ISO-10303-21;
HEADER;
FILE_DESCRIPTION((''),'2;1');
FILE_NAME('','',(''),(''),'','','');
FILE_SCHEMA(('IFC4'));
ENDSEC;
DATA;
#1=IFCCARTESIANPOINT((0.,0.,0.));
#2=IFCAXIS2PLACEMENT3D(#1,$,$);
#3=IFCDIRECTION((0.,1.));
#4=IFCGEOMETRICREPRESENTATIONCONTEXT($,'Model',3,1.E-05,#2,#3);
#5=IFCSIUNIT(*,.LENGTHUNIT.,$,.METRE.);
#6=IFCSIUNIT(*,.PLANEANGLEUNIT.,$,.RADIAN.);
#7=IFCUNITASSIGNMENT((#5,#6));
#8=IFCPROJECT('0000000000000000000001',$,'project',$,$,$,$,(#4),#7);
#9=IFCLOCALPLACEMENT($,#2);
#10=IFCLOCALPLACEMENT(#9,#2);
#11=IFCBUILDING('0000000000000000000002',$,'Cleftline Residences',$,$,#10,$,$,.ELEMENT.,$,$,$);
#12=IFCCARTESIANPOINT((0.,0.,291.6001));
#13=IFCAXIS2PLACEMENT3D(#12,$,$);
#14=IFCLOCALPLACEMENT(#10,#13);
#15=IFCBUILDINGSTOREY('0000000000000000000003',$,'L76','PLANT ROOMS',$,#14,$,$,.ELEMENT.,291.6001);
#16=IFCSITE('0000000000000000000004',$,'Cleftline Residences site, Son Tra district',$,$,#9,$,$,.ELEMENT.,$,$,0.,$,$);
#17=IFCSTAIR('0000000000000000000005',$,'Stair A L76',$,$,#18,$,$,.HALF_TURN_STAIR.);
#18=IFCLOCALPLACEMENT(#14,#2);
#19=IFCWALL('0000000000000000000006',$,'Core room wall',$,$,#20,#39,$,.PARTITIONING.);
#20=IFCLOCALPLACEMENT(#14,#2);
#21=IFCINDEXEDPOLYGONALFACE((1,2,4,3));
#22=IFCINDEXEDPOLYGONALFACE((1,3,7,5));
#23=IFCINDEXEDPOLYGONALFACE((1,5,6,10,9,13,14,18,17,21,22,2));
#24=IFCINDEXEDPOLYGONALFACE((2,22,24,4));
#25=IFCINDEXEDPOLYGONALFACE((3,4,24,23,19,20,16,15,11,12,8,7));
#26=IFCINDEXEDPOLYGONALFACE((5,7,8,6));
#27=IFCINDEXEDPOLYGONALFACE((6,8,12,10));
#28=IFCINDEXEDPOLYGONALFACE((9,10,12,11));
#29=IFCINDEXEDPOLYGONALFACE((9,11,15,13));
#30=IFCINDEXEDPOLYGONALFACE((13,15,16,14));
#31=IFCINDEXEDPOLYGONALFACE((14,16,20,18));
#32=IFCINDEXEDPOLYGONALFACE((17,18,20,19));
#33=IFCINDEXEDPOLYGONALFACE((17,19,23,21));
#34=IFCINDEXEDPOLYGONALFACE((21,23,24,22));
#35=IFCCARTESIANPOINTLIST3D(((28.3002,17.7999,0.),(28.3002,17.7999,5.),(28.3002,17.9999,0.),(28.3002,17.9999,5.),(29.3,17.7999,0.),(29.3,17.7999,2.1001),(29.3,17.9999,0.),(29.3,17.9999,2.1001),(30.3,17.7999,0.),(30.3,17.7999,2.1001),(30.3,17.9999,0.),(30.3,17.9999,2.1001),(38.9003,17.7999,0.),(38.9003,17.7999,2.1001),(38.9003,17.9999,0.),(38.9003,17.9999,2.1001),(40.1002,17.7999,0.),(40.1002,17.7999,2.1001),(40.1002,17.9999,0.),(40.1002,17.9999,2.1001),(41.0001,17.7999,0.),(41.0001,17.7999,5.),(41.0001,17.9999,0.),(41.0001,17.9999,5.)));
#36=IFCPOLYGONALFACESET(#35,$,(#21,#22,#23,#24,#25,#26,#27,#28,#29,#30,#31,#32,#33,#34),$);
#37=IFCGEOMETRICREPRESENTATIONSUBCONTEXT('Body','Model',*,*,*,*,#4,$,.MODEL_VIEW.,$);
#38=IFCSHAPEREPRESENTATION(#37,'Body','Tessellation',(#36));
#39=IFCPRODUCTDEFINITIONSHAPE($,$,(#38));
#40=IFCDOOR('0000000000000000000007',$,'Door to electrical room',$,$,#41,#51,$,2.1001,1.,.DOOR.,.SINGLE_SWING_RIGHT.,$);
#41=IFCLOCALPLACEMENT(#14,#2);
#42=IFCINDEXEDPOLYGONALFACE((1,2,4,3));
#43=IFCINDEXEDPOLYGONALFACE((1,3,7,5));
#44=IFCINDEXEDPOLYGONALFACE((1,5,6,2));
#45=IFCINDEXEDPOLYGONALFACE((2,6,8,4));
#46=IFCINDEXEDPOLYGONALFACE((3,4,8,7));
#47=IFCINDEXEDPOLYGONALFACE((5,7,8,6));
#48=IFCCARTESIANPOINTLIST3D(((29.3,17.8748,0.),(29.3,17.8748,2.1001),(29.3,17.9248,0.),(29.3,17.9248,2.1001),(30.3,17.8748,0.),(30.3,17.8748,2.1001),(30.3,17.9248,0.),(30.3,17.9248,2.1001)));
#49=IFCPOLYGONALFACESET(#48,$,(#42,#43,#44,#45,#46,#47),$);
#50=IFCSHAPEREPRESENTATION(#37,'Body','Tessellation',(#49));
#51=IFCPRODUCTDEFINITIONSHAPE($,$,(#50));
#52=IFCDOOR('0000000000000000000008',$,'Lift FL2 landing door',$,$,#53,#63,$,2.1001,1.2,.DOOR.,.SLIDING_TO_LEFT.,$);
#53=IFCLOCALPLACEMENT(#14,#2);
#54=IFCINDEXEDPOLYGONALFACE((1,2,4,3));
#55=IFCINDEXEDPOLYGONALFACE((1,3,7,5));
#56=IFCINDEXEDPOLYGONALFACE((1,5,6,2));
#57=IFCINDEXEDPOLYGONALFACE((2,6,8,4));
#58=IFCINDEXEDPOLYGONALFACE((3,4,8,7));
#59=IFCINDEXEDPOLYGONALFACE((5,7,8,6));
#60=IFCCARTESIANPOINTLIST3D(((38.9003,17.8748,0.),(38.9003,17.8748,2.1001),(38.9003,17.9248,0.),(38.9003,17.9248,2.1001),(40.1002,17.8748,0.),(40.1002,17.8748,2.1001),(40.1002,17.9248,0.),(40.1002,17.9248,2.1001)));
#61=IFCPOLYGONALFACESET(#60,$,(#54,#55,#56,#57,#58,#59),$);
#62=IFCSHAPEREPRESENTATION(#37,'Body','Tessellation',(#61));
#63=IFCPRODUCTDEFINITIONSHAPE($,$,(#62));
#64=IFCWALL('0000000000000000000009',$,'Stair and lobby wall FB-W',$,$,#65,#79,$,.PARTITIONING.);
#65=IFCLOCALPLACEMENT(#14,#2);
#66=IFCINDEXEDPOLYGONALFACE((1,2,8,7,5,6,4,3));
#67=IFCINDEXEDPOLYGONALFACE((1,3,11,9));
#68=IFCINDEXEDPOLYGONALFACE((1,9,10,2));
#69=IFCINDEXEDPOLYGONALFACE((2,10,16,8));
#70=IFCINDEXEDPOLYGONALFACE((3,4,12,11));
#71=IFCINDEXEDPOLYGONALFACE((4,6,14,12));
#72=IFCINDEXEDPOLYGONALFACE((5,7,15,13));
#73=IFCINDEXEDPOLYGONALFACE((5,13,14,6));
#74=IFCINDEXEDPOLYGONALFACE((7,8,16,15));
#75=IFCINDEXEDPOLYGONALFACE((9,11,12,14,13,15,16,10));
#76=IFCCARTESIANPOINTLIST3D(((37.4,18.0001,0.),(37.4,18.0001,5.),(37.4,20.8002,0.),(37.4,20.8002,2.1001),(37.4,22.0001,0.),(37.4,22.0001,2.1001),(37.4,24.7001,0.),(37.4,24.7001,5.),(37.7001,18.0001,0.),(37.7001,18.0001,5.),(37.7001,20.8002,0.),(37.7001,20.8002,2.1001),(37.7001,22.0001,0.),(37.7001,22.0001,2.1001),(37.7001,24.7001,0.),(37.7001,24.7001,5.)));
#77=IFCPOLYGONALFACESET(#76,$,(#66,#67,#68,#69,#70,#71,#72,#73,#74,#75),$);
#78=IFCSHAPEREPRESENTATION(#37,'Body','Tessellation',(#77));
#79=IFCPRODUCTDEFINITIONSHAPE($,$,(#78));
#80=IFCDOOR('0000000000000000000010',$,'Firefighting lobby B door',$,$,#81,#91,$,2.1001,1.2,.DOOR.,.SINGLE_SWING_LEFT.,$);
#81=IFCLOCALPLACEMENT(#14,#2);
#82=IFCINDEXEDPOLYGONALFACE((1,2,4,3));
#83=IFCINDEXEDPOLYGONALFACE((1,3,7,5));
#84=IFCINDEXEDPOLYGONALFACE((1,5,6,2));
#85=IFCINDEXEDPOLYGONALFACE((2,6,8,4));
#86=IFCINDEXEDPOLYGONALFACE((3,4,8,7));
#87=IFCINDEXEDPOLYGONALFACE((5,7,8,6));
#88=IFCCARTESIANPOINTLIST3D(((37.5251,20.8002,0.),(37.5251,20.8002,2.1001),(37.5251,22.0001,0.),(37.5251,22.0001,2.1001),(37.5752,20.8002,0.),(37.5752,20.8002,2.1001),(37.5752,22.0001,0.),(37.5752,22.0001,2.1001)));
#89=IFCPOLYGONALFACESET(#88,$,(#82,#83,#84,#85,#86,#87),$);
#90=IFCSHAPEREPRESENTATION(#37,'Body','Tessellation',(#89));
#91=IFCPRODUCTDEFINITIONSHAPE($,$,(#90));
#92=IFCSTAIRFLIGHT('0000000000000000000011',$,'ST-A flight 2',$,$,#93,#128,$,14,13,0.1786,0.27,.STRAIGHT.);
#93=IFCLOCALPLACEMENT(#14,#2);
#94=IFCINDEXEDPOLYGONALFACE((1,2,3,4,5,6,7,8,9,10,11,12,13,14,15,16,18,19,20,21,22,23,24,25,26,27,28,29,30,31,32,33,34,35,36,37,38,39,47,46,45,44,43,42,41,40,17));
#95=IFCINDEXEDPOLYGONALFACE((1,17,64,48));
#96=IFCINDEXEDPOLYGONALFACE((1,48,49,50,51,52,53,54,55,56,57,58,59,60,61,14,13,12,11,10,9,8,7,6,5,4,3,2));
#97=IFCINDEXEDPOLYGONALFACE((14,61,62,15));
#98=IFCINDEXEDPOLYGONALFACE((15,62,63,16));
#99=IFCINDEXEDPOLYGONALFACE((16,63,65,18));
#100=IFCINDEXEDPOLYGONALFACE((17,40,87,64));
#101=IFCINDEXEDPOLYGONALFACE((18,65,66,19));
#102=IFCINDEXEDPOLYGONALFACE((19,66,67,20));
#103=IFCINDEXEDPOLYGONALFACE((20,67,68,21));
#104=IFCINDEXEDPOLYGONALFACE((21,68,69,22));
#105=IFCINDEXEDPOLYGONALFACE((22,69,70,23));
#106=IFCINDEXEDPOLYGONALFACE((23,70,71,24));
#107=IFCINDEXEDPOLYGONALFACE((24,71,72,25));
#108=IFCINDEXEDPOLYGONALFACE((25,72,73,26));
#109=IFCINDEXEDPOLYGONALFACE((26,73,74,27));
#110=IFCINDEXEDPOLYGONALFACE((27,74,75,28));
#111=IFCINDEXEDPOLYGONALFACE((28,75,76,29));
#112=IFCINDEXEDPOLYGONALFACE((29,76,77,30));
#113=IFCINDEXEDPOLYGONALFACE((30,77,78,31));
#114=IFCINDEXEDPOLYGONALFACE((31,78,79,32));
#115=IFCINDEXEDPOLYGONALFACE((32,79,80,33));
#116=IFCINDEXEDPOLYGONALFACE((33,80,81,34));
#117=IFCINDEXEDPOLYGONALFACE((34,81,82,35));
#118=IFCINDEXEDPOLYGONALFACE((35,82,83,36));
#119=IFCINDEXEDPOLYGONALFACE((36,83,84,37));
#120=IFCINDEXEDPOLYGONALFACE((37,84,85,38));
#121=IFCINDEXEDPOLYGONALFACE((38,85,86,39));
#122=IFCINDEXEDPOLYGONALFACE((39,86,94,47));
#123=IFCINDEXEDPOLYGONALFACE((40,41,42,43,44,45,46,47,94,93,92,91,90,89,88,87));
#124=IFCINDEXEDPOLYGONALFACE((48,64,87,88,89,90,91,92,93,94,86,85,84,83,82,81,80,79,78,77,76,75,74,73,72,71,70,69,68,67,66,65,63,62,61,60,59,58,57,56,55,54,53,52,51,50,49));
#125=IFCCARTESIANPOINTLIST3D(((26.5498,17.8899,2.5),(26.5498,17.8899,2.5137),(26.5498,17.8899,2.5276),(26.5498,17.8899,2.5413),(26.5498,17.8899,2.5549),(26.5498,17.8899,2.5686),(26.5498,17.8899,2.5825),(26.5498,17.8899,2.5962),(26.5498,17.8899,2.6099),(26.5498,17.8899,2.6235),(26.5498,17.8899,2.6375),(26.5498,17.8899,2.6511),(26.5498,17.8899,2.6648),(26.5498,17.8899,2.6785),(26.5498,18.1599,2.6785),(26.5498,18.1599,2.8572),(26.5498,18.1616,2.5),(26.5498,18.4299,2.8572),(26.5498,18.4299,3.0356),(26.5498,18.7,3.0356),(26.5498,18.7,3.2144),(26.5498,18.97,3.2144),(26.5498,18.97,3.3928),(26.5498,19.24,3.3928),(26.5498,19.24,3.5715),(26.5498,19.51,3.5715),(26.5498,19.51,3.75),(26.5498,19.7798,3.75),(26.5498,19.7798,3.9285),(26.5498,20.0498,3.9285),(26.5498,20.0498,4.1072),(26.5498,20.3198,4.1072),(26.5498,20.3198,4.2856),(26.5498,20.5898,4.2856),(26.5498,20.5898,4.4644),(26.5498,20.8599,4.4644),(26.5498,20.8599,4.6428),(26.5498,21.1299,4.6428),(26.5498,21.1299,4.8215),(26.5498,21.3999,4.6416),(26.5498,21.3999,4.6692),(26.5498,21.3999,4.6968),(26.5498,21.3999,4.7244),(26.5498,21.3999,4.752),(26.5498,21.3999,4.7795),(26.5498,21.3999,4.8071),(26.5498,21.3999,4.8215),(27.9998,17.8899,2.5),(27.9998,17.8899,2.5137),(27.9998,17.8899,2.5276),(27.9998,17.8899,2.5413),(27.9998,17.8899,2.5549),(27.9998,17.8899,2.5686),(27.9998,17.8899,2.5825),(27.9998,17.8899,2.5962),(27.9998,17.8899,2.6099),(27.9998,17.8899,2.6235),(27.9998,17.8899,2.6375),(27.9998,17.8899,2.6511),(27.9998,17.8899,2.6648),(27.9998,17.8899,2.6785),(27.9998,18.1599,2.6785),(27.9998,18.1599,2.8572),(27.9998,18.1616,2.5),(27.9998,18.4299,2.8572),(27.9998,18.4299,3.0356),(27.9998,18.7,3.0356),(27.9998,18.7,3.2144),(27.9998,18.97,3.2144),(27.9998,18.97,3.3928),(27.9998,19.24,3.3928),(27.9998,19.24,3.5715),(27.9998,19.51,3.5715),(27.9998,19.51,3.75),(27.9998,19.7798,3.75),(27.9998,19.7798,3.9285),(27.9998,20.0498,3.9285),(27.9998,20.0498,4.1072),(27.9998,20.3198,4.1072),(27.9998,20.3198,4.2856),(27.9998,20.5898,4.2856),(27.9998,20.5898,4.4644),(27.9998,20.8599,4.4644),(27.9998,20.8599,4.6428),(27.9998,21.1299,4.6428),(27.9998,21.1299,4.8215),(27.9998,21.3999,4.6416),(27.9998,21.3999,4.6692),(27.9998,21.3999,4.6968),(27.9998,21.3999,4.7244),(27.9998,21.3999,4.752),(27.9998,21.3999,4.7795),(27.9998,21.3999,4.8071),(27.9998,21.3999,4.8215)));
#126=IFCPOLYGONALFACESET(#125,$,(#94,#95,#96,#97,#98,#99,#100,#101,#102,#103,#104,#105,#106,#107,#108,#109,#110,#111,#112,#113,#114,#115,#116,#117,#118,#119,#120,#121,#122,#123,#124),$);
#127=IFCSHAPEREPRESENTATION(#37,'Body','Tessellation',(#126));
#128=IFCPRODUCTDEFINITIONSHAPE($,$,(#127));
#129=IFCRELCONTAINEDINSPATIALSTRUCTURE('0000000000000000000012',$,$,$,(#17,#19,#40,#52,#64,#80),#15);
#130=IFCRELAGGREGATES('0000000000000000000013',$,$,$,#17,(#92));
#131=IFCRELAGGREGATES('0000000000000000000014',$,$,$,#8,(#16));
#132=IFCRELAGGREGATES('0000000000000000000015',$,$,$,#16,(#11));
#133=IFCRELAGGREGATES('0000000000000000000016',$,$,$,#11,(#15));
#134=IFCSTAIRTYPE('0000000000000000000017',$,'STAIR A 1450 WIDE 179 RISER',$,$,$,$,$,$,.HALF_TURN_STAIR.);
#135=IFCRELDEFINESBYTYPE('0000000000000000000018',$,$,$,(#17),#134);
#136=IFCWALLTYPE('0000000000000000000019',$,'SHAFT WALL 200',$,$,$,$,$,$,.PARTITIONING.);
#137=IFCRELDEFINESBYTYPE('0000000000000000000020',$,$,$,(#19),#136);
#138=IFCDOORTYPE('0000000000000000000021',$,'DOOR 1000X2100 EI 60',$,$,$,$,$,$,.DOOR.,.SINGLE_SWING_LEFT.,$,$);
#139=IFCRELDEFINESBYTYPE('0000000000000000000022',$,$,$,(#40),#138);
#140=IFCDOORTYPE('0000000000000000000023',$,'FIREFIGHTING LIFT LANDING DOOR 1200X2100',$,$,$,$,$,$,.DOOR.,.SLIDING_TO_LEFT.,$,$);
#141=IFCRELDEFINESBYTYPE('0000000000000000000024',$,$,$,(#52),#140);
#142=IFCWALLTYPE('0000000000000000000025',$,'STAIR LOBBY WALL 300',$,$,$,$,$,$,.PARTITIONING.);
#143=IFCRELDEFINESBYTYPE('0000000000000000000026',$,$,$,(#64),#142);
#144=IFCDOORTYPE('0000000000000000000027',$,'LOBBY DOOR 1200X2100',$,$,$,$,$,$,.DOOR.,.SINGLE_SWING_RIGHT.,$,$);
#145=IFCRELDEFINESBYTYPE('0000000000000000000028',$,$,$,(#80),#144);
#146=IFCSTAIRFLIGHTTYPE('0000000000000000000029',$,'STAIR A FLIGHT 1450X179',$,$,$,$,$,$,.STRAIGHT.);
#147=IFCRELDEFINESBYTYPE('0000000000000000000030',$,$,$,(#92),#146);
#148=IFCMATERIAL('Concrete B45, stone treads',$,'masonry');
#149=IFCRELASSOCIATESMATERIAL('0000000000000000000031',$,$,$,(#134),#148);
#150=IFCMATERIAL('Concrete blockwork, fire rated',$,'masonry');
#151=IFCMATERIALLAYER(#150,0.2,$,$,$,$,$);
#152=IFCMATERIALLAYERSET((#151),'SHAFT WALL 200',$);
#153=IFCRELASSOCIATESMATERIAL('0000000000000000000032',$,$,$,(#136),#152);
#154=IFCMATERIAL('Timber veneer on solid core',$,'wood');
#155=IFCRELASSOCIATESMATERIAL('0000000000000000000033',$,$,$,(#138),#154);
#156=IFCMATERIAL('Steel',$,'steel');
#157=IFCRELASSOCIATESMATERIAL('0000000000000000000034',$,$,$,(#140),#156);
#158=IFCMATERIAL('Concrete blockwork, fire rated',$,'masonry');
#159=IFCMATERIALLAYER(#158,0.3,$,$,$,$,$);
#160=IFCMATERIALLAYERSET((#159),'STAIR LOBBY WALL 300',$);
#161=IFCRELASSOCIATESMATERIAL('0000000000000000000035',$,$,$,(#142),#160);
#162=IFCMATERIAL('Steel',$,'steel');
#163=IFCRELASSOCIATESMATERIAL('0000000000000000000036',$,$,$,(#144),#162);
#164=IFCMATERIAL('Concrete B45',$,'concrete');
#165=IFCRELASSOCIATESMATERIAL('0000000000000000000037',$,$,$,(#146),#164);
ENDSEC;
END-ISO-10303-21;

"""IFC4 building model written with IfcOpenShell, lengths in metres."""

from ifc_helpers import new_model, si_unit, direction, frame, frame_2d, origin, place, context, subcontext, project, spatial, polyline, rectangle, outline, extrude, material, layer, layer_set, type_object, element, fill, aggregate, save


model = new_model("IFC4")

# Units and contexts
model_context = context("Model", 3, precision=1e-05, world=origin(), true_north=direction((0.0, 1.0)))
body_context = subcontext(model_context, "Body", "Model", "MODEL_VIEW")
ifc_project = project(units=[si_unit("LENGTHUNIT", "METRE"), si_unit("PLANEANGLEUNIT", "RADIAN")], contexts=[model_context])

# Site, building, storey
site_placement = place(None, origin())
site = spatial("IfcSite", under=ifc_project, at=site_placement, Name="Cleftline Residences site, Son Tra district", CompositionType="ELEMENT", RefElevation=0.0)
building_placement = place(site_placement, origin())
building = spatial("IfcBuilding", under=site, at=building_placement, Name="Cleftline Residences", CompositionType="ELEMENT")
storey_placement = place(building_placement, frame((0.0, 0.0, 291.6001)))
storey = spatial("IfcBuildingStorey", under=building, at=storey_placement, Name="L76", Description="PLANT ROOMS", CompositionType="ELEMENT", Elevation=291.6001)

# Stair
ifc_material_1 = material(Name="Concrete B45, stone treads", Category="masonry")
stair_type_1 = type_object("IfcStairType", Name="STAIR A 1450 WIDE 179 RISER", PredefinedType="HALF_TURN_STAIR", material=ifc_material_1)
stair_1_placement = place(storey_placement, origin())
stair_1 = element("IfcStair", 1, at=stair_1_placement, inside=storey, type_object=stair_type_1, Name="Stair A L76", PredefinedType="HALF_TURN_STAIR")

# Wall, openings, doors
ifc_material_2 = material(Name="Concrete blockwork, fire rated", Category="masonry")
ifc_layer_1 = layer(ifc_material_2, 0.2)
ifc_layer_set_1 = layer_set([ifc_layer_1], Name="SHAFT WALL 200")
wall_type_1 = type_object("IfcWallType", Name="SHAFT WALL 200", PredefinedType="PARTITIONING", material=ifc_layer_set_1)
wall_1_placement = place(storey_placement, frame((28.3, 17.8999, 0.0), z_axis=(0.0, 0.0, 1.0), x_axis=(1.0, 0.0, 0.0)))
wall_1 = element("IfcWall", 2, at=wall_1_placement, inside=storey, type_object=wall_type_1, Name="Core room wall", PredefinedType="PARTITIONING", context=body_context, shape_type="SweptSolid", body=[
    extrude(rectangle(XDim=12.7, YDim=0.2, at=frame_2d((6.3501, 0.0))), origin(), (0.0, 0.0, 1.0), 5.0),
])
opening_1_placement = place(wall_1_placement, frame((1.0, 0.0, 0.0)))
opening_1 = element("IfcOpeningElement", 3, at=opening_1_placement, cuts=wall_1, PredefinedType="OPENING", context=body_context, shape_type="SweptSolid", body=[
    extrude(rectangle(XDim=1.0, YDim=2.1001, at=frame_2d((0.5, 1.05))), frame((0.0, 0.1099, 0.0), z_axis=(0.0, -1.0, 0.0), x_axis=(1.0, 0.0, 0.0)), (0.0, 0.0, 1.0), 0.22),
])
opening_2_placement = place(wall_1_placement, frame((10.6001, 0.0, 0.0)))
opening_2 = element("IfcOpeningElement", 4, at=opening_2_placement, cuts=wall_1, PredefinedType="OPENING", context=body_context, shape_type="SweptSolid", body=[
    extrude(rectangle(XDim=1.2, YDim=2.1001, at=frame_2d((0.6001, 1.05))), frame((0.0, 0.1099, 0.0), z_axis=(0.0, -1.0, 0.0), x_axis=(1.0, 0.0, 0.0)), (0.0, 0.0, 1.0), 0.22),
])
ifc_material_3 = material(Name="Timber veneer on solid core", Category="wood")
door_type_1 = type_object("IfcDoorType", Name="DOOR 1000X2100 EI 60", OperationType="SINGLE_SWING_LEFT", PredefinedType="DOOR", material=ifc_material_3)
door_1_placement = place(opening_1_placement, origin())
door_1 = element("IfcDoor", 5, at=door_1_placement, inside=storey, type_object=door_type_1, Name="Door to electrical room", OperationType="SINGLE_SWING_RIGHT", OverallHeight=2.1001, OverallWidth=1.0, PredefinedType="DOOR", context=body_context, shape_type="SweptSolid", body=[
    extrude(rectangle(XDim=1.0, YDim=2.1001, at=frame_2d((0.5, 1.05))), frame((0.0, 0.0249, 0.0), z_axis=(0.0, -1.0, 0.0), x_axis=(1.0, 0.0, 0.0)), (0.0, 0.0, 1.0), 0.05),
])
fill(opening_1, door_1)
ifc_material_4 = material(Name="Steel", Category="steel")
door_type_2 = type_object("IfcDoorType", Name="FIREFIGHTING LIFT LANDING DOOR 1200X2100", OperationType="SLIDING_TO_LEFT", PredefinedType="DOOR", material=ifc_material_4)
door_2_placement = place(opening_2_placement, origin())
door_2 = element("IfcDoor", 6, at=door_2_placement, inside=storey, type_object=door_type_2, Name="Lift FL2 landing door", OperationType="SLIDING_TO_LEFT", OverallHeight=2.1001, OverallWidth=1.2, PredefinedType="DOOR", context=body_context, shape_type="SweptSolid", body=[
    extrude(rectangle(XDim=1.2, YDim=2.1001, at=frame_2d((0.6001, 1.05))), frame((0.0, 0.0249, 0.0), z_axis=(0.0, -1.0, 0.0), x_axis=(1.0, 0.0, 0.0)), (0.0, 0.0, 1.0), 0.05),
])
fill(opening_2, door_2)

# Wall, opening, door
ifc_material_5 = material(Name="Concrete blockwork, fire rated", Category="masonry")
ifc_layer_2 = layer(ifc_material_5, 0.3)
ifc_layer_set_2 = layer_set([ifc_layer_2], Name="STAIR LOBBY WALL 300")
wall_type_2 = type_object("IfcWallType", Name="STAIR LOBBY WALL 300", PredefinedType="PARTITIONING", material=ifc_layer_set_2)
wall_2_placement = place(storey_placement, frame((37.55, 18.0, 0.0), z_axis=(0.0, 0.0, 1.0), x_axis=(0.0, 1.0, 0.0)))
wall_2 = element("IfcWall", 7, at=wall_2_placement, inside=storey, type_object=wall_type_2, Name="Stair and lobby wall FB-W", PredefinedType="PARTITIONING", context=body_context, shape_type="SweptSolid", body=[
    extrude(rectangle(XDim=6.7, YDim=0.3, at=frame_2d((3.3501, 0.0))), origin(), (0.0, 0.0, 1.0), 5.0),
])
opening_3_placement = place(wall_2_placement, frame((2.8, 0.0, 0.0)))
opening_3 = element("IfcOpeningElement", 8, at=opening_3_placement, cuts=wall_2, PredefinedType="OPENING", context=body_context, shape_type="SweptSolid", body=[
    extrude(rectangle(XDim=1.2, YDim=2.1001, at=frame_2d((0.6001, 1.05))), frame((0.0, 0.1599, 0.0), z_axis=(0.0, -1.0, 0.0), x_axis=(1.0, 0.0, 0.0)), (0.0, 0.0, 1.0), 0.3201),
])
ifc_material_6 = material(Name="Steel", Category="steel")
door_type_3 = type_object("IfcDoorType", Name="LOBBY DOOR 1200X2100", OperationType="SINGLE_SWING_RIGHT", PredefinedType="DOOR", material=ifc_material_6)
door_3_placement = place(opening_3_placement, origin())
door_3 = element("IfcDoor", 9, at=door_3_placement, inside=storey, type_object=door_type_3, Name="Firefighting lobby B door", OperationType="SINGLE_SWING_LEFT", OverallHeight=2.1001, OverallWidth=1.2, PredefinedType="DOOR", context=body_context, shape_type="SweptSolid", body=[
    extrude(rectangle(XDim=1.2, YDim=2.1001, at=frame_2d((0.6001, 1.05))), frame((0.0, 0.0249, 0.0), z_axis=(0.0, -1.0, 0.0), x_axis=(1.0, 0.0, 0.0)), (0.0, 0.0, 1.0), 0.05),
])
fill(opening_3, door_3)

# Stair flight
ifc_material_7 = material(Name="Concrete B45", Category="concrete")
stair_flight_type = type_object("IfcStairFlightType", Name="STAIR A FLIGHT 1450X179", PredefinedType="STRAIGHT", material=ifc_material_7)
stair_flight_placement = place(storey_placement, frame((27.2749, 17.8899, 2.5), z_axis=(0.0, 0.0, 1.0), x_axis=(0.0, 1.0, 0.0)))
stair_flight = element("IfcStairFlight", 10, at=stair_flight_placement, type_object=stair_flight_type, Name="ST-A flight 2", NumberOfRisers=14, NumberOfTreads=13, PredefinedType="STRAIGHT", RiserHeight=0.1786, TreadLength=0.27, context=body_context, shape_type="SweptSolid", body=[
    extrude(outline(polyline([(0.0, 0.0), (0.0, 0.0137), (0.0, 0.0276), (0.0, 0.0413), (0.0, 0.0549), (0.0, 0.0686), (0.0, 0.0825), (0.0, 0.0962), (0.0, 0.1099), (0.0, 0.1235), (0.0, 0.1375), (0.0, 0.1511), (0.0, 0.1648), (0.0, 0.1785), (0.27, 0.1785), (0.27, 0.3572), (0.54, 0.3572), (0.54, 0.5356), (0.8101, 0.5356), (0.8101, 0.7144), (1.0801, 0.7144), (1.0801, 0.8928), (1.3501, 0.8928), (1.3501, 1.0715), (1.6201, 1.0715), (1.6201, 1.25), (1.8899, 1.25), (1.8899, 1.4285), (2.1599, 1.4285), (2.1599, 1.6072), (2.4299, 1.6072), (2.4299, 1.7856), (2.7, 1.7856), (2.7, 1.9644), (2.97, 1.9644), (2.97, 2.1428), (3.24, 2.1428), (3.24, 2.3215), (3.51, 2.3215), (3.51, 2.5), (3.51, 2.4724), (3.51, 2.4448), (3.51, 2.4172), (3.51, 2.3896), (3.51, 2.3623), (3.51, 2.3347), (3.51, 2.3071), (3.51, 2.2795), (3.51, 2.252), (3.51, 2.2244), (3.51, 2.1968), (3.51, 2.1692), (3.51, 2.1416), (0.2717, 0.0), (0.0, 0.0)])), frame((0.0, 0.7251, 0.0), z_axis=(0.0, -1.0, 0.0), x_axis=(1.0, 0.0, 0.0)), (0.0, 0.0, 1.0), 1.45),
])
aggregate(stair_1, [stair_flight])

save(model, "model.ifc")
